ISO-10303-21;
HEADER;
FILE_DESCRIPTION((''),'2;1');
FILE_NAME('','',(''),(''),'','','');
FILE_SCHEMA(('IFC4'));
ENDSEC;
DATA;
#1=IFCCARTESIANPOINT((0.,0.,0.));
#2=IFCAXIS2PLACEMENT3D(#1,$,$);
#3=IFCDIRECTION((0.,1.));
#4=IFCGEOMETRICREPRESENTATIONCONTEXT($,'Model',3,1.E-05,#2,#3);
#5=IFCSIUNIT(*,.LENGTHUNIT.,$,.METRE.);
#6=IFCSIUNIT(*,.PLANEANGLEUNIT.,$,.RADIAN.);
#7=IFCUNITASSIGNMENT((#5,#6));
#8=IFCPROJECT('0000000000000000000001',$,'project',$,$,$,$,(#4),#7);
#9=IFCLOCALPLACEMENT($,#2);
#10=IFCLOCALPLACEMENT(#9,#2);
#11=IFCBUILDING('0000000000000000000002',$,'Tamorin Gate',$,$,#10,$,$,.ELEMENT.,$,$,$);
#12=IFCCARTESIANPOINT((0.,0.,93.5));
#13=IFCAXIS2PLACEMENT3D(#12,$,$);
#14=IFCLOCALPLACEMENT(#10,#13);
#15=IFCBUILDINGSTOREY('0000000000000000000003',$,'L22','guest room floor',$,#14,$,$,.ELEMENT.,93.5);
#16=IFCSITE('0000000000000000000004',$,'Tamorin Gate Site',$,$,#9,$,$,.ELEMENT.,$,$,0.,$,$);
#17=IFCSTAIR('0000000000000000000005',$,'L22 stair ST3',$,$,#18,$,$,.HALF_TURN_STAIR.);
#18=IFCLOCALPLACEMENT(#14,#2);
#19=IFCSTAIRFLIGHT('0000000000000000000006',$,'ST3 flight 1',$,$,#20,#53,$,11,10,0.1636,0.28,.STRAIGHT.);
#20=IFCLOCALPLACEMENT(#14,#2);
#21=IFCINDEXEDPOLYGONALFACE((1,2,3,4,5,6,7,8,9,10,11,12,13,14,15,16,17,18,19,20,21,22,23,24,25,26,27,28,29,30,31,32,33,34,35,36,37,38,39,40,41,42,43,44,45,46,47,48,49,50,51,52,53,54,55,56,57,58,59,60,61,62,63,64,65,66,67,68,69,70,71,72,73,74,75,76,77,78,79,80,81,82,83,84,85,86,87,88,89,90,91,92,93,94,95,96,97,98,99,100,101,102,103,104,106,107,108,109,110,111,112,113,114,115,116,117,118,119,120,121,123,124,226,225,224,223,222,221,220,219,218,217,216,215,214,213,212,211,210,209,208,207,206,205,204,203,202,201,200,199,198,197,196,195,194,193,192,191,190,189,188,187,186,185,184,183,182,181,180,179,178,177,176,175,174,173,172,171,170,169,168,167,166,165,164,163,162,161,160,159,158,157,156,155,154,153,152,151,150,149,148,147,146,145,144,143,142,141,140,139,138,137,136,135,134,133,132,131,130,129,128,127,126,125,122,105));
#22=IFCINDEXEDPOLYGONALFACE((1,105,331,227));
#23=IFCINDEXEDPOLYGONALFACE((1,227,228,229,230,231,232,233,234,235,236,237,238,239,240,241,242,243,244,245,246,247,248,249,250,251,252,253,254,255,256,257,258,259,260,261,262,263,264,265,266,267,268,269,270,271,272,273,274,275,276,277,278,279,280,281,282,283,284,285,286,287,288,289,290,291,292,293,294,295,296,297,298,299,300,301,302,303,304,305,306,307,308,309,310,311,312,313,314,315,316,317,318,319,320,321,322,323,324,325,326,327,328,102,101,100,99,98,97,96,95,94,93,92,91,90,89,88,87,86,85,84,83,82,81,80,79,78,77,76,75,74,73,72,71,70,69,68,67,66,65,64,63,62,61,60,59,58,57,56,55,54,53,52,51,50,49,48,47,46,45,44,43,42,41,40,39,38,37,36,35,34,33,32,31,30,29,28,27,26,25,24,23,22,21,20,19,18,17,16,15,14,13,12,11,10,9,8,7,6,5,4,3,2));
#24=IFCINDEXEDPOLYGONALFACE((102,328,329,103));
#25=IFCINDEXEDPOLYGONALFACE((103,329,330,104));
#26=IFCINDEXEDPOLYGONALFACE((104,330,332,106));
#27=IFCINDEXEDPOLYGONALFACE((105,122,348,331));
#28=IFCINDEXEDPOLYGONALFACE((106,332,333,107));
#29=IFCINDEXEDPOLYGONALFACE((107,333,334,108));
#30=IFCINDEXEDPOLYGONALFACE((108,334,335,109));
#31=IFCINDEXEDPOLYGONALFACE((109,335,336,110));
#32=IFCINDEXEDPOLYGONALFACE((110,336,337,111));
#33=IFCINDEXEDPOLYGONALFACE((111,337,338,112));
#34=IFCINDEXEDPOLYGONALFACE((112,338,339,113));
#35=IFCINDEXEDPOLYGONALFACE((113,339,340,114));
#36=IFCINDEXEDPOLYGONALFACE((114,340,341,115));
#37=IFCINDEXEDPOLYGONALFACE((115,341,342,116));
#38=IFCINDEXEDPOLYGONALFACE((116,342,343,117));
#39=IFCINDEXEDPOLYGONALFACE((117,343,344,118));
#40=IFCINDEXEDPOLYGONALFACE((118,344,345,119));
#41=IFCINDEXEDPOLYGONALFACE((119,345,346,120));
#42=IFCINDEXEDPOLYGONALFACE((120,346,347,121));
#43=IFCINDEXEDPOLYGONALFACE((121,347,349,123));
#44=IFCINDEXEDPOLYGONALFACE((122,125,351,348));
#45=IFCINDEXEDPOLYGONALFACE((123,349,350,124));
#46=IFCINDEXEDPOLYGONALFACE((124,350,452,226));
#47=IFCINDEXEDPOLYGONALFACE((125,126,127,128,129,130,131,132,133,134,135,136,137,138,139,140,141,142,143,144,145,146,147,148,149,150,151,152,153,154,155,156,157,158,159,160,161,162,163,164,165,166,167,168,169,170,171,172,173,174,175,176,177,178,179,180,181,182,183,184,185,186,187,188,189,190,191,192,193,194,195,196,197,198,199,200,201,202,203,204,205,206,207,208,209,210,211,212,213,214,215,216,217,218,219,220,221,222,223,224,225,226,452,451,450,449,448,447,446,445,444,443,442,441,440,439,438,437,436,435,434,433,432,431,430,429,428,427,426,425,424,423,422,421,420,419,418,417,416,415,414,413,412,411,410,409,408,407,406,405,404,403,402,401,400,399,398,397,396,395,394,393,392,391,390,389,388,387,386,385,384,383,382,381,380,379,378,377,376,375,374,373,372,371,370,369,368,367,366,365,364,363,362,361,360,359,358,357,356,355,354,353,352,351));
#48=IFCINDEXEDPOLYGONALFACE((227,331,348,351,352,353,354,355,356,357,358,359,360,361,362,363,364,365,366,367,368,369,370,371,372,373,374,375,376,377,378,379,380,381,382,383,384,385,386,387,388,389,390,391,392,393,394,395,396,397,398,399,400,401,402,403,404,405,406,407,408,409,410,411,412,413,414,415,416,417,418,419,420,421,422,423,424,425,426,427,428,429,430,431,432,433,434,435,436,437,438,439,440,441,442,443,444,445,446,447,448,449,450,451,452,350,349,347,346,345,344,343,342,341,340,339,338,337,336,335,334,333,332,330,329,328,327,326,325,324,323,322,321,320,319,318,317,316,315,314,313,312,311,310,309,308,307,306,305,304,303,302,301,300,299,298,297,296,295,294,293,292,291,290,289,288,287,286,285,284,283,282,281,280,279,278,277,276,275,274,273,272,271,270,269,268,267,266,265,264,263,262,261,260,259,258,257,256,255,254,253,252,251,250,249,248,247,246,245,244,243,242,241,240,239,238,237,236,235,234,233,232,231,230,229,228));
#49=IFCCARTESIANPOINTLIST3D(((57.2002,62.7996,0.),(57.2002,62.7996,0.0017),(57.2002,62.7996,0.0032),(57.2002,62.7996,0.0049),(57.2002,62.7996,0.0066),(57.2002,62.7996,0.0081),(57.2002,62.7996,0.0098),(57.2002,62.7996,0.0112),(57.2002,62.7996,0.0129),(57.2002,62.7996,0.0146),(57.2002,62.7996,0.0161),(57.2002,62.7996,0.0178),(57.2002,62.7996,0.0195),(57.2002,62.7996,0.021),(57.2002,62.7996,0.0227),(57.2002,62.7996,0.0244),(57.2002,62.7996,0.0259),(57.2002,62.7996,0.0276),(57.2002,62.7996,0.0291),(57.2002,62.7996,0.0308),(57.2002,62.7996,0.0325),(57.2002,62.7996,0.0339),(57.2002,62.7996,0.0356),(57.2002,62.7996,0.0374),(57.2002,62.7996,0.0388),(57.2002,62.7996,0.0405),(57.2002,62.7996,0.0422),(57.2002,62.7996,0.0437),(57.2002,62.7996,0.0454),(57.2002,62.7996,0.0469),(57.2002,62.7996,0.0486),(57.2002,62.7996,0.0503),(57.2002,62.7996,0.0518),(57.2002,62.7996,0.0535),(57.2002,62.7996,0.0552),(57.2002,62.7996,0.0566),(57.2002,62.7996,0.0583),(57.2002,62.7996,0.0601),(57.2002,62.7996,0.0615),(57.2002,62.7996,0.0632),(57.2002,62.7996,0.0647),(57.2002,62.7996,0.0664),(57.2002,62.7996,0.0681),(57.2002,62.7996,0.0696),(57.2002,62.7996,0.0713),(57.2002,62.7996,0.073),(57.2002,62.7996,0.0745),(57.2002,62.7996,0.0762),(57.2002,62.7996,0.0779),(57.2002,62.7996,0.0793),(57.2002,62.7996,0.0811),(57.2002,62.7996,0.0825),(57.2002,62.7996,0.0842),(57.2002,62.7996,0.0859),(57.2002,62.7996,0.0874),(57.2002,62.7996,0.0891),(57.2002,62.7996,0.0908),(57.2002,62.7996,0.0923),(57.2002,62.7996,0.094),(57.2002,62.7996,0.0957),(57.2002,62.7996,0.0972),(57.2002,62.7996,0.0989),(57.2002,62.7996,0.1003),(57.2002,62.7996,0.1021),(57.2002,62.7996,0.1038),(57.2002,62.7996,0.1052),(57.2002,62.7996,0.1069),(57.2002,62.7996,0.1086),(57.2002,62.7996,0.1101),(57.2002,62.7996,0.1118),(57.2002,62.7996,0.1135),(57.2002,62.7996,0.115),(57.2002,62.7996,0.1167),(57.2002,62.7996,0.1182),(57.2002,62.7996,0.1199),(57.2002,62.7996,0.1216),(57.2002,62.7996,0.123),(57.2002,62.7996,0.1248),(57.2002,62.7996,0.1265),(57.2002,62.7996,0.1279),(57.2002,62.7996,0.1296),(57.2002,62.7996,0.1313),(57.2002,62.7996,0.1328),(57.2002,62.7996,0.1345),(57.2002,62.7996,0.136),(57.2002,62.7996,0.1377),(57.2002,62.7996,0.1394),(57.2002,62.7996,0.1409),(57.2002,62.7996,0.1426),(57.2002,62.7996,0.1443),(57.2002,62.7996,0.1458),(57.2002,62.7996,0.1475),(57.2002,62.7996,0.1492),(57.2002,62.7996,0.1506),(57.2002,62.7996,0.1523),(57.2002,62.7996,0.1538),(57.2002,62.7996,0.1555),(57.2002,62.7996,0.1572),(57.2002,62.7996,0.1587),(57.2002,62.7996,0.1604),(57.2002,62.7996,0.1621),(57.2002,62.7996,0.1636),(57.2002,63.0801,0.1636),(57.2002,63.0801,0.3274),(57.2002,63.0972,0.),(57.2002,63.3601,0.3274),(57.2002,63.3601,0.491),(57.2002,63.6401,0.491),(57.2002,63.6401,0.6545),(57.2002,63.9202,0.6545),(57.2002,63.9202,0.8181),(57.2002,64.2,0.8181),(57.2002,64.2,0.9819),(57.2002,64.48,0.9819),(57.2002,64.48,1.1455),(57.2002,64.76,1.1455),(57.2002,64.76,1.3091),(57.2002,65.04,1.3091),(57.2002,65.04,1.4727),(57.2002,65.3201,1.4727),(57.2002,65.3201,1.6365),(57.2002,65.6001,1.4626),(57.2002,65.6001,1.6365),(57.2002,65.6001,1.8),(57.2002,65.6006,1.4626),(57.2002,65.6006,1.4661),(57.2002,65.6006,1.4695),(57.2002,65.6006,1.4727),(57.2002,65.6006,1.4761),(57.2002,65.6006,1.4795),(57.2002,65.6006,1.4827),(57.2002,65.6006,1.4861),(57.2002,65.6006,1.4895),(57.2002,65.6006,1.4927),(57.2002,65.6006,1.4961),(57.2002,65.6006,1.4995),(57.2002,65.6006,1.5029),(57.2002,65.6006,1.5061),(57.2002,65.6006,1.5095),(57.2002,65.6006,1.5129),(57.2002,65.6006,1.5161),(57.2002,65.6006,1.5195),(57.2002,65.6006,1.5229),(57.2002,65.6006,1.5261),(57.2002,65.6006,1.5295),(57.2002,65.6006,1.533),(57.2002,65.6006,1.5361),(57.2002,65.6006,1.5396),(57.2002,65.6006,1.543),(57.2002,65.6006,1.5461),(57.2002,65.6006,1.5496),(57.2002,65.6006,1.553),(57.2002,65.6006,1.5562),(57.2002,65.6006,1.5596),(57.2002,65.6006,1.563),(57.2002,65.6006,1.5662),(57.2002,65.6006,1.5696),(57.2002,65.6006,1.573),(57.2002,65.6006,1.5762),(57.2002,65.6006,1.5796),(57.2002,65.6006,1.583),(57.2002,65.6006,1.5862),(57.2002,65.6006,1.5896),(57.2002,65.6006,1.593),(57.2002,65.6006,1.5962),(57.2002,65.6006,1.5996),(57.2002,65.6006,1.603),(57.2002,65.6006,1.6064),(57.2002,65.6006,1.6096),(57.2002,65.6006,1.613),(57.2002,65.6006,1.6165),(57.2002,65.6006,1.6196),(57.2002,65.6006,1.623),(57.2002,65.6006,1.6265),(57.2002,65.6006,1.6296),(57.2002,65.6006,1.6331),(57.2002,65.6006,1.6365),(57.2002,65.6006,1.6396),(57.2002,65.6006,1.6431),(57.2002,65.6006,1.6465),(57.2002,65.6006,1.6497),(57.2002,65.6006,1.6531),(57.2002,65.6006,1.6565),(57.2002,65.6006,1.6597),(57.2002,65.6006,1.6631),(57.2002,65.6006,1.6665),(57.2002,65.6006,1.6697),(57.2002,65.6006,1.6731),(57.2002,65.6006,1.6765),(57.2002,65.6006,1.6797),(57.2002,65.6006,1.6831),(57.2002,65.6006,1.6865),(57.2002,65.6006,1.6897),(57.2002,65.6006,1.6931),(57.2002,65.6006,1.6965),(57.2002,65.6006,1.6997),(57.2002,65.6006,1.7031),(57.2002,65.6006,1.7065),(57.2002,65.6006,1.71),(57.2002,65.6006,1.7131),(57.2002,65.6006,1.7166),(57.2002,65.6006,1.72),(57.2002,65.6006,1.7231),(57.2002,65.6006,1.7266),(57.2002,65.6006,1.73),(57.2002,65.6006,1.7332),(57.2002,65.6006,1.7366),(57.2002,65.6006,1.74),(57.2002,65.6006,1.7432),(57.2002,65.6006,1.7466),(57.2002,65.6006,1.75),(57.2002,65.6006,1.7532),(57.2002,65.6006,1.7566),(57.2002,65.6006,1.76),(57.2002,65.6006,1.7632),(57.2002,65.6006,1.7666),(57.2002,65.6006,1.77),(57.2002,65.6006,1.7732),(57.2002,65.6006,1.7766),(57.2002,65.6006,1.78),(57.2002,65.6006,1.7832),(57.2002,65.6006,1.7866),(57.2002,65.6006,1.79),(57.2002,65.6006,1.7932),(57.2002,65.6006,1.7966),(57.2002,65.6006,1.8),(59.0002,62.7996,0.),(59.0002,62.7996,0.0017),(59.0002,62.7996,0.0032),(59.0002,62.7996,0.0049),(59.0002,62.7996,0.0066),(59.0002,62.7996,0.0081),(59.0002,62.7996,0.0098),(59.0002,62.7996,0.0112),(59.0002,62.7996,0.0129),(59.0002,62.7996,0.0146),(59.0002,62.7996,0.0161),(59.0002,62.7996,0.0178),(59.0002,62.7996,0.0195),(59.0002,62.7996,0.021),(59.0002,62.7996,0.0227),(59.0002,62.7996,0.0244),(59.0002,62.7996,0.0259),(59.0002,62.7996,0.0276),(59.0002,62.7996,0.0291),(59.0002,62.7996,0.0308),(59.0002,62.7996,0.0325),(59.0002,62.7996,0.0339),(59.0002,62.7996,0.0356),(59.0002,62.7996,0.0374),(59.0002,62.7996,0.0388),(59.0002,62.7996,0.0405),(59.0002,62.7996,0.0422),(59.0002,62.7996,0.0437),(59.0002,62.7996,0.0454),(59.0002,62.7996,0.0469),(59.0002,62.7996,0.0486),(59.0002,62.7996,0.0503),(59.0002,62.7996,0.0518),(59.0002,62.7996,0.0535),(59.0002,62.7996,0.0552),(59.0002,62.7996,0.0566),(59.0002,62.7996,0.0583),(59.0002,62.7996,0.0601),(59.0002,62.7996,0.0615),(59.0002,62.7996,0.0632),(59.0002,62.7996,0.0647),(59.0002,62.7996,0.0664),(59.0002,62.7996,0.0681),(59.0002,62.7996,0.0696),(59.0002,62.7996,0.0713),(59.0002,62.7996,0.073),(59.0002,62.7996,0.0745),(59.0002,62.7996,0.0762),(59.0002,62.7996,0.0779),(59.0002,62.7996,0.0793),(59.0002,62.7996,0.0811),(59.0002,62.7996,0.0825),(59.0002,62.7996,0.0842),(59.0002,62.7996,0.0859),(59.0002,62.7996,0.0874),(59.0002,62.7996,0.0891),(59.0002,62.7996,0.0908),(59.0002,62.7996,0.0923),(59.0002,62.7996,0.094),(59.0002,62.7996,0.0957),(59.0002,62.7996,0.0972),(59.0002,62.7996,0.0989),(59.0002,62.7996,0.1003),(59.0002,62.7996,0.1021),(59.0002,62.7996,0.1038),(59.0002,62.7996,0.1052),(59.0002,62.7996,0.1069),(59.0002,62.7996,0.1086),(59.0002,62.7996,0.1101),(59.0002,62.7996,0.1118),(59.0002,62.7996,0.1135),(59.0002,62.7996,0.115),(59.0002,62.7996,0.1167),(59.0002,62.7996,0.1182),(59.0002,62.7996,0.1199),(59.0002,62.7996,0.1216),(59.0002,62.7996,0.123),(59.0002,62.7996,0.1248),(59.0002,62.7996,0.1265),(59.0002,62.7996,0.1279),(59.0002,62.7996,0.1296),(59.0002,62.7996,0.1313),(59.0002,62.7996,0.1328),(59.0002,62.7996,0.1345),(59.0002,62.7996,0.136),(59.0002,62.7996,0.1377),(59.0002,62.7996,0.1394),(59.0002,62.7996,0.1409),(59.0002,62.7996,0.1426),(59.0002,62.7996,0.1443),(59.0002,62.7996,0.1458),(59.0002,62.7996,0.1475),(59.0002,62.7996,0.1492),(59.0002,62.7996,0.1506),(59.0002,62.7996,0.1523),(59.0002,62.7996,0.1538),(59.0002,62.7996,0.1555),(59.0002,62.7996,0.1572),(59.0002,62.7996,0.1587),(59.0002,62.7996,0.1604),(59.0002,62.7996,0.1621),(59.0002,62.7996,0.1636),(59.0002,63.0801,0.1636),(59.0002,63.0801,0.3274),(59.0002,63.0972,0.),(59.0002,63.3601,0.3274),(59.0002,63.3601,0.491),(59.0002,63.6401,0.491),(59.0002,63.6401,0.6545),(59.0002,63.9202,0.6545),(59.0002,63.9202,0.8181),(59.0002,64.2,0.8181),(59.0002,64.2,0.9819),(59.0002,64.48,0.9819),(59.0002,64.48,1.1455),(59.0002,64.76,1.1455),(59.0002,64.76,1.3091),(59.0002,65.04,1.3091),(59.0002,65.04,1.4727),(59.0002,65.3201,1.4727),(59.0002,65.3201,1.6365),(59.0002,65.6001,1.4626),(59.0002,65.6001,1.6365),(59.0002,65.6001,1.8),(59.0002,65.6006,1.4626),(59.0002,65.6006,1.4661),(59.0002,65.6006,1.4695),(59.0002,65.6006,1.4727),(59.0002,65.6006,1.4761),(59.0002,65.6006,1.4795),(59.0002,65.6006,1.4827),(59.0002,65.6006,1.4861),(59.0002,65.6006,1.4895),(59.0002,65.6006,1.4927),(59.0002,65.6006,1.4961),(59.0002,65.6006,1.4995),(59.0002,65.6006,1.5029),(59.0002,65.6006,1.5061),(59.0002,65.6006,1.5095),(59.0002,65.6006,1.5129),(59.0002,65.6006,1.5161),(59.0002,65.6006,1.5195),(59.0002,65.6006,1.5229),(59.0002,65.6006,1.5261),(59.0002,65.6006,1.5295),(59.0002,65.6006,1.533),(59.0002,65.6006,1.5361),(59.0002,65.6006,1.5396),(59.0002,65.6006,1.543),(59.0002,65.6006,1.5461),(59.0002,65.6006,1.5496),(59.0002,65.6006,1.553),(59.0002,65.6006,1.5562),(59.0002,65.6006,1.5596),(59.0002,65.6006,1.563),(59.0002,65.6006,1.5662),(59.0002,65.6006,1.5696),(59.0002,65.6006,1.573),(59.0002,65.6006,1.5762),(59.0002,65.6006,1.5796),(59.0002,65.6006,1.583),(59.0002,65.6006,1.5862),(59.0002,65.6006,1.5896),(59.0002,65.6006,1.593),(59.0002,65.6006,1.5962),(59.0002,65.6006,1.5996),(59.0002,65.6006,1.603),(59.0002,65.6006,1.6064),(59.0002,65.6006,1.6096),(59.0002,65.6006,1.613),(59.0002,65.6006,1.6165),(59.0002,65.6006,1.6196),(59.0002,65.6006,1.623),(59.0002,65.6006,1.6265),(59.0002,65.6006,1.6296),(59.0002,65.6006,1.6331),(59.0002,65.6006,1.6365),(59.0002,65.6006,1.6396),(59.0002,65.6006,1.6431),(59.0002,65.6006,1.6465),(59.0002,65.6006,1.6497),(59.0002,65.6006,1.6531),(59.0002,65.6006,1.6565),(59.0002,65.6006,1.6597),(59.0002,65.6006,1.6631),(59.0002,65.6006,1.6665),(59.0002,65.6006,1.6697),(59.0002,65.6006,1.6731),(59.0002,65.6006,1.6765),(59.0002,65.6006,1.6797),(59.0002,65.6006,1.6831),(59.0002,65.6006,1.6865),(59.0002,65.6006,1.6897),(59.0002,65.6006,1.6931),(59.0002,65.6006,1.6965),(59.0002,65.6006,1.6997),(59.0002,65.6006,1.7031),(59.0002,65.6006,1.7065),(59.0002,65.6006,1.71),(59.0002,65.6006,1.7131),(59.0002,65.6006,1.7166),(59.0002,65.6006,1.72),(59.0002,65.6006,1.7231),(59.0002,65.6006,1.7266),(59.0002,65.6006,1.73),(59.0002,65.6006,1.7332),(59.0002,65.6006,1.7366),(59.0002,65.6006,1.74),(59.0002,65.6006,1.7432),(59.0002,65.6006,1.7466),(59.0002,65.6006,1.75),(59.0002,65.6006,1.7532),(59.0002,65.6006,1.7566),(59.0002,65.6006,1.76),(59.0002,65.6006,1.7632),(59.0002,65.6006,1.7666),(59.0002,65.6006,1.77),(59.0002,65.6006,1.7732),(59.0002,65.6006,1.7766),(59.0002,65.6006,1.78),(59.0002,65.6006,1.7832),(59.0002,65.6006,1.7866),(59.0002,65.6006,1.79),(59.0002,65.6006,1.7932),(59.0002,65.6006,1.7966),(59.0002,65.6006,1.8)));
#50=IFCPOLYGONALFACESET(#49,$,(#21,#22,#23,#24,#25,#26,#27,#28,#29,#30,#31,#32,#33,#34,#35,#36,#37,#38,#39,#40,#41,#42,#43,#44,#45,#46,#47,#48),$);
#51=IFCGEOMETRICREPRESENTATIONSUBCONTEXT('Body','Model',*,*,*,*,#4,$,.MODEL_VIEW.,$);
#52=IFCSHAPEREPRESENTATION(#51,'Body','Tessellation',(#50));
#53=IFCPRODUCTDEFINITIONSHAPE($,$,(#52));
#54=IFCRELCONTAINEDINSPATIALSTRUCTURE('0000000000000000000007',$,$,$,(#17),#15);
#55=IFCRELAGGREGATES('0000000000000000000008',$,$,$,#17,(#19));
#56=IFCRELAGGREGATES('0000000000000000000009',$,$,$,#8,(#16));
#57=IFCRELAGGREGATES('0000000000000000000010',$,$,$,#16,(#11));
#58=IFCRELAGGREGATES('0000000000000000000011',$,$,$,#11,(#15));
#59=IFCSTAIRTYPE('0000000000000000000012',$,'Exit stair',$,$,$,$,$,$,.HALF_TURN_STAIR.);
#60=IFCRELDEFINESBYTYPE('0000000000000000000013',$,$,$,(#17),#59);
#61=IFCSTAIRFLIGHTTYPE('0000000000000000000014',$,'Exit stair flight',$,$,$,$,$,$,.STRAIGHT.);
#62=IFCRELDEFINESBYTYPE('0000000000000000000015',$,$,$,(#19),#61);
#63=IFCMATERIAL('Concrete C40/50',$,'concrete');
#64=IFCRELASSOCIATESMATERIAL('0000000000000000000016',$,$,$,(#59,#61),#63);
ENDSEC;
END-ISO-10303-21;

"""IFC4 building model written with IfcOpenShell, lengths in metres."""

from ifc_helpers import new_model, si_unit, direction, frame, origin, place, context, subcontext, project, spatial, polyline, outline, extrude, material, type_object, element, aggregate, save


model = new_model("IFC4")

# Units and contexts
model_context = context("Model", 3, precision=1e-05, world=origin(), true_north=direction((0.0, 1.0)))
body_context = subcontext(model_context, "Body", "Model", "MODEL_VIEW")
ifc_project = project(units=[si_unit("LENGTHUNIT", "METRE"), si_unit("PLANEANGLEUNIT", "RADIAN")], contexts=[model_context])

# Site, building, storey
site_placement = place(None, origin())
site = spatial("IfcSite", under=ifc_project, at=site_placement, Name="Tamorin Gate Site", CompositionType="ELEMENT", RefElevation=0.0)
building_placement = place(site_placement, origin())
building = spatial("IfcBuilding", under=site, at=building_placement, Name="Tamorin Gate", CompositionType="ELEMENT")
storey_placement = place(building_placement, frame((0.0, 0.0, 93.5)))
storey = spatial("IfcBuildingStorey", under=building, at=storey_placement, Name="L22", Description="guest room floor", CompositionType="ELEMENT", Elevation=93.5)

# Shared definitions
ifc_material_1 = material(Name="Concrete C40/50", Category="concrete")

# Stair, stair flight
stair_type = type_object("IfcStairType", Name="Exit stair", PredefinedType="HALF_TURN_STAIR", material=ifc_material_1)
stair_placement = place(storey_placement, origin())
stair = element("IfcStair", 1, at=stair_placement, inside=storey, type_object=stair_type, Name="L22 stair ST3", PredefinedType="HALF_TURN_STAIR")
stair_flight_type = type_object("IfcStairFlightType", Name="Exit stair flight", PredefinedType="STRAIGHT", material=ifc_material_1)
stair_flight_1_placement = place(storey_placement, frame((58.1001, 62.8, 0.0), z_axis=(0.0, 0.0, 1.0), x_axis=(0.0, 1.0, 0.0)))
stair_flight_1 = element("IfcStairFlight", 2, at=stair_flight_1_placement, type_object=stair_flight_type, Name="ST3 flight 1", NumberOfRisers=11, NumberOfTreads=10, PredefinedType="STRAIGHT", RiserHeight=0.1636, TreadLength=0.28, context=body_context, shape_type="SweptSolid", body=[
    extrude(outline(polyline([(-0.0005, 0.0), (-0.0005, 0.0017), (-0.0005, 0.0032), (-0.0005, 0.0049), (-0.0005, 0.0066), (-0.0005, 0.0081), (-0.0005, 0.0098), (-0.0005, 0.0112), (-0.0005, 0.0129), (-0.0005, 0.0146), (-0.0005, 0.0161), (-0.0005, 0.0178), (-0.0005, 0.0195), (-0.0005, 0.021), (-0.0005, 0.0227), (-0.0005, 0.0244), (-0.0005, 0.0259), (-0.0005, 0.0276), (-0.0005, 0.0291), (-0.0005, 0.0308), (-0.0005, 0.0325), (-0.0005, 0.0339), (-0.0005, 0.0356), (-0.0005, 0.0374), (-0.0005, 0.0388), (-0.0005, 0.0405), (-0.0005, 0.0422), (-0.0005, 0.0437), (-0.0005, 0.0454), (-0.0005, 0.0469), (-0.0005, 0.0486), (-0.0005, 0.0503), (-0.0005, 0.0518), (-0.0005, 0.0535), (-0.0005, 0.0552), (-0.0005, 0.0566), (-0.0005, 0.0583), (-0.0005, 0.0601), (-0.0005, 0.0615), (-0.0005, 0.0632), (-0.0005, 0.0647), (-0.0005, 0.0664), (-0.0005, 0.0681), (-0.0005, 0.0696), (-0.0005, 0.0713), (-0.0005, 0.073), (-0.0005, 0.0745), (-0.0005, 0.0762), (-0.0005, 0.0779), (-0.0005, 0.0793), (-0.0005, 0.0811), (-0.0005, 0.0825), (-0.0005, 0.0842), (-0.0005, 0.0859), (-0.0005, 0.0874), (-0.0005, 0.0891), (-0.0005, 0.0908), (-0.0005, 0.0923), (-0.0005, 0.094), (-0.0005, 0.0957), (-0.0005, 0.0972), (-0.0005, 0.0989), (-0.0005, 0.1003), (-0.0005, 0.1021), (-0.0005, 0.1038), (-0.0005, 0.1052), (-0.0005, 0.1069), (-0.0005, 0.1086), (-0.0005, 0.1101), (-0.0005, 0.1118), (-0.0005, 0.1135), (-0.0005, 0.115), (-0.0005, 0.1167), (-0.0005, 0.1182), (-0.0005, 0.1199), (-0.0005, 0.1216), (-0.0005, 0.123), (-0.0005, 0.1248), (-0.0005, 0.1265), (-0.0005, 0.1279), (-0.0005, 0.1296), (-0.0005, 0.1313), (-0.0005, 0.1328), (-0.0005, 0.1345), (-0.0005, 0.136), (-0.0005, 0.1377), (-0.0005, 0.1394), (-0.0005, 0.1409), (-0.0005, 0.1426), (-0.0005, 0.1443), (-0.0005, 0.1458), (-0.0005, 0.1475), (-0.0005, 0.1492), (-0.0005, 0.1506), (-0.0005, 0.1523), (-0.0005, 0.1538), (-0.0005, 0.1555), (-0.0005, 0.1572), (-0.0005, 0.1587), (-0.0005, 0.1604), (-0.0005, 0.1621), (-0.0005, 0.1636), (0.28, 0.1636), (0.28, 0.3274), (0.5601, 0.3274), (0.5601, 0.491), (0.8401, 0.491), (0.8401, 0.6545), (1.1201, 0.6545), (1.1201, 0.8181), (1.3999, 0.8181), (1.3999, 0.9819), (1.6799, 0.9819), (1.6799, 1.1455), (1.96, 1.1455), (1.96, 1.3091), (2.24, 1.3091), (2.24, 1.4727), (2.52, 1.4727), (2.52, 1.6365), (2.8, 1.6365), (2.8, 1.8), (2.8005, 1.8), (2.8005, 1.7966), (2.8005, 1.7932), (2.8005, 1.79), (2.8005, 1.7866), (2.8005, 1.7832), (2.8005, 1.78), (2.8005, 1.7766), (2.8005, 1.7732), (2.8005, 1.77), (2.8005, 1.7666), (2.8005, 1.7632), (2.8005, 1.76), (2.8005, 1.7566), (2.8005, 1.7532), (2.8005, 1.75), (2.8005, 1.7466), (2.8005, 1.7432), (2.8005, 1.74), (2.8005, 1.7366), (2.8005, 1.7332), (2.8005, 1.73), (2.8005, 1.7266), (2.8005, 1.7231), (2.8005, 1.72), (2.8005, 1.7166), (2.8005, 1.7131), (2.8005, 1.71), (2.8005, 1.7065), (2.8005, 1.7031), (2.8005, 1.6997), (2.8005, 1.6965), (2.8005, 1.6931), (2.8005, 1.6897), (2.8005, 1.6865), (2.8005, 1.6831), (2.8005, 1.6797), (2.8005, 1.6765), (2.8005, 1.6731), (2.8005, 1.6697), (2.8005, 1.6665), (2.8005, 1.6631), (2.8005, 1.6597), (2.8005, 1.6565), (2.8005, 1.6531), (2.8005, 1.6497), (2.8005, 1.6465), (2.8005, 1.6431), (2.8005, 1.6396), (2.8005, 1.6365), (2.8005, 1.6331), (2.8005, 1.6296), (2.8005, 1.6265), (2.8005, 1.623), (2.8005, 1.6196), (2.8005, 1.6165), (2.8005, 1.613), (2.8005, 1.6096), (2.8005, 1.6064), (2.8005, 1.603), (2.8005, 1.5996), (2.8005, 1.5962), (2.8005, 1.593), (2.8005, 1.5896), (2.8005, 1.5862), (2.8005, 1.583), (2.8005, 1.5796), (2.8005, 1.5762), (2.8005, 1.573), (2.8005, 1.5696), (2.8005, 1.5662), (2.8005, 1.563), (2.8005, 1.5596), (2.8005, 1.5562), (2.8005, 1.553), (2.8005, 1.5496), (2.8005, 1.5461), (2.8005, 1.543), (2.8005, 1.5396), (2.8005, 1.5361), (2.8005, 1.533), (2.8005, 1.5295), (2.8005, 1.5261), (2.8005, 1.5229), (2.8005, 1.5195), (2.8005, 1.5161), (2.8005, 1.5129), (2.8005, 1.5095), (2.8005, 1.5061), (2.8005, 1.5029), (2.8005, 1.4995), (2.8005, 1.4961), (2.8005, 1.4927), (2.8005, 1.4895), (2.8005, 1.4861), (2.8005, 1.4827), (2.8005, 1.4795), (2.8005, 1.4761), (2.8005, 1.4727), (2.8005, 1.4695), (2.8005, 1.4661), (2.8005, 1.4626), (2.8, 1.4626), (0.2971, 0.0), (-0.0005, 0.0)])), frame((0.0, 0.8999, 0.0), z_axis=(0.0, -1.0, 0.0), x_axis=(1.0, 0.0, 0.0)), (0.0, 0.0, 1.0), 1.8),
])
aggregate(stair, [stair_flight_1])

save(model, "model.ifc")
